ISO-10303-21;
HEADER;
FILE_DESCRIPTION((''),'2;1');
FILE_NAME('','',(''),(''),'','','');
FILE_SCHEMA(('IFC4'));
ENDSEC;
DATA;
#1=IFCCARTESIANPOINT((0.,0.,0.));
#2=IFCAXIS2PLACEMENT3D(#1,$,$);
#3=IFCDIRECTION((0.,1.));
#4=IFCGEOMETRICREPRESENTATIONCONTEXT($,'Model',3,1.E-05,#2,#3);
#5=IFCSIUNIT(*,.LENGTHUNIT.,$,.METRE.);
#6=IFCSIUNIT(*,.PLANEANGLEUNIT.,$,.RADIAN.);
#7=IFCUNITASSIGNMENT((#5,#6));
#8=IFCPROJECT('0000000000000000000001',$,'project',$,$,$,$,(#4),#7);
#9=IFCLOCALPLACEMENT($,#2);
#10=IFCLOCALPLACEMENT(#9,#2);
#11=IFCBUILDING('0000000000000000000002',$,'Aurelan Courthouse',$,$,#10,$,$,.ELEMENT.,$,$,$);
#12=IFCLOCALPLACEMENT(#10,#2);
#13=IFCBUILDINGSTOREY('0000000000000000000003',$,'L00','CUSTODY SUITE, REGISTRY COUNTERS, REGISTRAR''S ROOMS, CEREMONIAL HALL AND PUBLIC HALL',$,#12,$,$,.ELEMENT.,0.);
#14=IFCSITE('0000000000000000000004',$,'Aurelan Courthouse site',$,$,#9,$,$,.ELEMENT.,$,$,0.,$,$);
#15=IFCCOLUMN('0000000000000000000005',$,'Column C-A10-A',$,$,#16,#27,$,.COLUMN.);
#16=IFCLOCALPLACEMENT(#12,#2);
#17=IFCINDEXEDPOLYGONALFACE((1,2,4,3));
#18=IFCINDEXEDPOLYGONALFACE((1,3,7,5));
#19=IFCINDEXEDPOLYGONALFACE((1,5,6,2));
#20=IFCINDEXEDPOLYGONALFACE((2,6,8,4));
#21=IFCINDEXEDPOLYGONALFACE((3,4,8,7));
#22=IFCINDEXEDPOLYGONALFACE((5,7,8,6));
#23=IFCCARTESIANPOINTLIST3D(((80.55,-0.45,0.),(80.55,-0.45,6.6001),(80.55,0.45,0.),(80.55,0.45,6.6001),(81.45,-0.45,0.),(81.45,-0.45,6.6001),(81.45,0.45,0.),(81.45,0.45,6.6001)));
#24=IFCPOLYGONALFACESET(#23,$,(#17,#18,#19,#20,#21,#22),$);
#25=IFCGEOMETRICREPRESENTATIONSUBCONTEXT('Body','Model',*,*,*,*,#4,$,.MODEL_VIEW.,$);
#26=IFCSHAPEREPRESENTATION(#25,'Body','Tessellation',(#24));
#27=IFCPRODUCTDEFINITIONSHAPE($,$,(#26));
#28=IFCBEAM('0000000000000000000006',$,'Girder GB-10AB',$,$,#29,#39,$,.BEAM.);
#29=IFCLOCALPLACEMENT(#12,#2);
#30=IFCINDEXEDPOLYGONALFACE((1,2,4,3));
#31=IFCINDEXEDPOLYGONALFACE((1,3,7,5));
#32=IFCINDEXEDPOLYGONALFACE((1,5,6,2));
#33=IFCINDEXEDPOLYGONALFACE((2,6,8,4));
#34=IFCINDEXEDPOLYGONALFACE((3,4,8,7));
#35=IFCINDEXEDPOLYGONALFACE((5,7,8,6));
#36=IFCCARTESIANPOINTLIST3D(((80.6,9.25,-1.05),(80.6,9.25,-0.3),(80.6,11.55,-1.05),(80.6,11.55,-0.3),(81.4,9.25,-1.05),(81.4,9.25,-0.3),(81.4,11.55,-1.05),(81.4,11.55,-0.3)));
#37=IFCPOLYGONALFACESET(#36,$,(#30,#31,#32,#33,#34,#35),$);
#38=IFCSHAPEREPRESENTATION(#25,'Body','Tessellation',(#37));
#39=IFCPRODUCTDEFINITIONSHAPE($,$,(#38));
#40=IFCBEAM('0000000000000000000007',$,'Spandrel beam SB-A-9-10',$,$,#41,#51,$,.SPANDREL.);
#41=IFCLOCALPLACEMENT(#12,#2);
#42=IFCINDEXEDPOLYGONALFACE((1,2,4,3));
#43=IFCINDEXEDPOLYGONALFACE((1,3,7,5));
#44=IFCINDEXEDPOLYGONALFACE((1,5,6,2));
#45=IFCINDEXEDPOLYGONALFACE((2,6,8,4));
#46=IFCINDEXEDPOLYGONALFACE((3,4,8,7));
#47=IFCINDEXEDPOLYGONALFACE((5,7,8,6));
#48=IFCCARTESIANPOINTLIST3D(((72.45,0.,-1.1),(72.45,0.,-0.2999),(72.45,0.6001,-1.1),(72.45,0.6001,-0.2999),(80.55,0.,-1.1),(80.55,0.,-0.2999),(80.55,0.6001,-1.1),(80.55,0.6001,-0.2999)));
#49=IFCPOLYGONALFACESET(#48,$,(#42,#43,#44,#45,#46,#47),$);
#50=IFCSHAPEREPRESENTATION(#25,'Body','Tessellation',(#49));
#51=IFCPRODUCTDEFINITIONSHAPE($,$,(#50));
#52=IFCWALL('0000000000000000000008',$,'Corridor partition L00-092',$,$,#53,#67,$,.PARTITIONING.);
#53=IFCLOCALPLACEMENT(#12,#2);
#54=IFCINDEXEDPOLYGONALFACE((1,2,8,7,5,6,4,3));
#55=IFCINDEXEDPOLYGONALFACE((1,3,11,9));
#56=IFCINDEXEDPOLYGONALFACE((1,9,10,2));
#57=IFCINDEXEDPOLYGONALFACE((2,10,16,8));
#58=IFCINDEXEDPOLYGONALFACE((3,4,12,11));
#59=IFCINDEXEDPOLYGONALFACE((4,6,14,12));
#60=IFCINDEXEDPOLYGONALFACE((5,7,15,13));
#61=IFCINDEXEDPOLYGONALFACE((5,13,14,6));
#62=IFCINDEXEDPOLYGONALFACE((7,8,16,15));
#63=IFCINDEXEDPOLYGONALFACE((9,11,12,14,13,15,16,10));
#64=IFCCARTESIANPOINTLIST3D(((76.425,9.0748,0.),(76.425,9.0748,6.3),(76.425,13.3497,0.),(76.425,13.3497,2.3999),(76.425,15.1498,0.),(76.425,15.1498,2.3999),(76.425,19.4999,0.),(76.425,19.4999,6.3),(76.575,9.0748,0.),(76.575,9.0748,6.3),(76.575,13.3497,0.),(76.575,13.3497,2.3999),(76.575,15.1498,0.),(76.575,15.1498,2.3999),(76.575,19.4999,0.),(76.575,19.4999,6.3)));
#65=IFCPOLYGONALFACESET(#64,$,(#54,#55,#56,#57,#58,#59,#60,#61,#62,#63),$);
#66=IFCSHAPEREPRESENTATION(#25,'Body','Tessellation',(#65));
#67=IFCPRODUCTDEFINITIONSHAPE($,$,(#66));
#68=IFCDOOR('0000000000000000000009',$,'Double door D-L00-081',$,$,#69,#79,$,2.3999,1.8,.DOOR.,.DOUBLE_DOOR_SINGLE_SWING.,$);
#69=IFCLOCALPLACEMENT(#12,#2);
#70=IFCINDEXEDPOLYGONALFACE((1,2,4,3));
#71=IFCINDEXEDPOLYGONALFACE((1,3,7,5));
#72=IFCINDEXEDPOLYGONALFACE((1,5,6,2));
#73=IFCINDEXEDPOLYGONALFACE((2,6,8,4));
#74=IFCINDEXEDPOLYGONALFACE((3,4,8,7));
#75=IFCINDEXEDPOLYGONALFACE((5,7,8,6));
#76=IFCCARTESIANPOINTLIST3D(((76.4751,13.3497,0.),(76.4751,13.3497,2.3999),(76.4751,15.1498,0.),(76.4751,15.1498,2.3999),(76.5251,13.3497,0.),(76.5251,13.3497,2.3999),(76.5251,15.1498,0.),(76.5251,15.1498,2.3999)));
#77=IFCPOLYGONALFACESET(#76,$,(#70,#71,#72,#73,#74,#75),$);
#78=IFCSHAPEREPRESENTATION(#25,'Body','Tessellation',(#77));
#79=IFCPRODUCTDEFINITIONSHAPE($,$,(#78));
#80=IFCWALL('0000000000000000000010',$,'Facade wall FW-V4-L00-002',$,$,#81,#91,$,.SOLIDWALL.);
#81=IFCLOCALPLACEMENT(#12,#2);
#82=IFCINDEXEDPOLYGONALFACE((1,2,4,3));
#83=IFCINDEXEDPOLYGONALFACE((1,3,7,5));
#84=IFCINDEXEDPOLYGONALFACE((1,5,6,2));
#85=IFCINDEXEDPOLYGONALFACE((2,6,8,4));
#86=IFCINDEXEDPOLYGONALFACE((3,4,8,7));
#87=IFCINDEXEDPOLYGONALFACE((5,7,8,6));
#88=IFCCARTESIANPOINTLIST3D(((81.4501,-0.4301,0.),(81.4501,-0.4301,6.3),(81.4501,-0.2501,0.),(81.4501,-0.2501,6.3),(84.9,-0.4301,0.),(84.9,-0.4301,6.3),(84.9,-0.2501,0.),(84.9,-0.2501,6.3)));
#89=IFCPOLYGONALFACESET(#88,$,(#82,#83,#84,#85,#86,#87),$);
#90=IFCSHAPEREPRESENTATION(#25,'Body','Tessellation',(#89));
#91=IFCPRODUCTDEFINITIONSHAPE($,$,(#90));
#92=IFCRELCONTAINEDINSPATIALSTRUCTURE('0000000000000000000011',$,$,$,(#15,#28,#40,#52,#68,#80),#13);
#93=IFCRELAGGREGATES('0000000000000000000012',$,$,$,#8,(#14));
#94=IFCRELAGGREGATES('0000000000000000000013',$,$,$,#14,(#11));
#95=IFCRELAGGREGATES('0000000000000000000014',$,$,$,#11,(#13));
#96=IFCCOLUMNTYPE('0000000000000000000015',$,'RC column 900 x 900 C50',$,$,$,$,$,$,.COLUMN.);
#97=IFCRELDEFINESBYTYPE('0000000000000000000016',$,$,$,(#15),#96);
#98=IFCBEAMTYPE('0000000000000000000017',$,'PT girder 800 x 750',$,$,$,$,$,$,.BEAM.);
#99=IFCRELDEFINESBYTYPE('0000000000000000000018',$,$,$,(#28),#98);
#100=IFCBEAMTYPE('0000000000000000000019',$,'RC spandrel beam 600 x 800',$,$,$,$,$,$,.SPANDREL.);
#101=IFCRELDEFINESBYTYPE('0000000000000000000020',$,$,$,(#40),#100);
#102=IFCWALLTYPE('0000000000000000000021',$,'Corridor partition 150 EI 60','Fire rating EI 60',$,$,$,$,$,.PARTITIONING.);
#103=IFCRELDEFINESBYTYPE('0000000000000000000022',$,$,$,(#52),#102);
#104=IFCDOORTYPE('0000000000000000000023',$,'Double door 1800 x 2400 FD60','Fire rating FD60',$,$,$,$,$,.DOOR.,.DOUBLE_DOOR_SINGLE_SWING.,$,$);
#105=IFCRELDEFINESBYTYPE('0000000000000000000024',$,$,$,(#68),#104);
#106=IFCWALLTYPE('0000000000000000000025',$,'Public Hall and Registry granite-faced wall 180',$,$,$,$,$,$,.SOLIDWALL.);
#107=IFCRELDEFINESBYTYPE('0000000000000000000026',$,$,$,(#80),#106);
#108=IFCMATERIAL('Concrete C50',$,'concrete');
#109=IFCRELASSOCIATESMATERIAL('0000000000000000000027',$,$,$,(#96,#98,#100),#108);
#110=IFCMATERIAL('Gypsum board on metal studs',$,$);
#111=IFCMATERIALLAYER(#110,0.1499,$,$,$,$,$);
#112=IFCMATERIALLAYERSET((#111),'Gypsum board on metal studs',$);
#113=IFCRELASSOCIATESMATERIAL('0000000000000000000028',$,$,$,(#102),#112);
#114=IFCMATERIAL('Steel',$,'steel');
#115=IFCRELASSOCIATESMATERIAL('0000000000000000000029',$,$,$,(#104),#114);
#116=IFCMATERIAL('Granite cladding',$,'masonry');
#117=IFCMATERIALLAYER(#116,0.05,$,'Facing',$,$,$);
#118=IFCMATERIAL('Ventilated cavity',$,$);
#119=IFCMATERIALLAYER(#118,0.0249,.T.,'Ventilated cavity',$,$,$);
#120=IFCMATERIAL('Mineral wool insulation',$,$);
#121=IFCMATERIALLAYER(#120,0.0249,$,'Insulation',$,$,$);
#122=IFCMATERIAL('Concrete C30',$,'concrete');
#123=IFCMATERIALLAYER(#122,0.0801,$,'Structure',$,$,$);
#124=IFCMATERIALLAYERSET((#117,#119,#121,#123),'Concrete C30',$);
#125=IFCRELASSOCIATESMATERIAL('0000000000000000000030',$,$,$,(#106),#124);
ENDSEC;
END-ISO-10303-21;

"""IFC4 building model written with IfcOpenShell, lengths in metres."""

from ifc_helpers import new_model, si_unit, direction, frame, frame_2d, origin, origin_2d, place, context, subcontext, project, spatial, rectangle, extrude, material, layer, layer_set, material_profile, profile_set, type_object, element, fill, save


model = new_model("IFC4")

# Units and contexts
model_context = context("Model", 3, precision=1e-05, world=origin(), true_north=direction((0.0, 1.0)))
body_context = subcontext(model_context, "Body", "Model", "MODEL_VIEW")
ifc_project = project(units=[si_unit("LENGTHUNIT", "METRE"), si_unit("PLANEANGLEUNIT", "RADIAN")], contexts=[model_context])

# Site, building, storey
site_placement = place(None, origin())
site = spatial("IfcSite", under=ifc_project, at=site_placement, Name="Aurelan Courthouse site", CompositionType="ELEMENT", RefElevation=0.0)
building_placement = place(site_placement, origin())
building = spatial("IfcBuilding", under=site, at=building_placement, Name="Aurelan Courthouse", CompositionType="ELEMENT")
storey_placement = place(building_placement, origin())
storey = spatial("IfcBuildingStorey", under=building, at=storey_placement, Name="L00", Description="CUSTODY SUITE, REGISTRY COUNTERS, REGISTRAR'S ROOMS, CEREMONIAL HALL AND PUBLIC HALL", CompositionType="ELEMENT", Elevation=0.0)

# Column
ifc_material_1 = material(Name="Concrete C50", Category="concrete")
ifc_material_profile_1 = material_profile(ifc_material_1, rectangle(XDim=0.8999, YDim=0.8999, at=origin_2d()), Name="RC 900 x 900")
ifc_profile_set_1 = profile_set([ifc_material_profile_1], Name="Concrete C50")
column_type = type_object("IfcColumnType", Name="RC column 900 x 900 C50", PredefinedType="COLUMN", material=ifc_profile_set_1)
column_placement = place(storey_placement, frame((81.0, 0.0, 0.0), z_axis=(0.0, 0.0, 1.0), x_axis=(1.0, 0.0, 0.0)))
element("IfcColumn", 1, at=column_placement, inside=storey, type_object=column_type, Name="Column C-A10-A", PredefinedType="COLUMN", context=body_context, shape_type="SweptSolid", body=[
    extrude(rectangle(XDim=0.8999, YDim=0.8999, at=origin_2d()), origin(), (0.0, 0.0, 1.0), 6.6001),
])

# Beams
ifc_material_profile_2 = material_profile(ifc_material_1, rectangle(XDim=0.8, YDim=0.75, at=origin_2d()), Name="RC 800 x 750")
ifc_profile_set_2 = profile_set([ifc_material_profile_2], Name="Concrete C50")
beam_type_1 = type_object("IfcBeamType", Name="PT girder 800 x 750", PredefinedType="BEAM", material=ifc_profile_set_2)
beam_1_placement = place(storey_placement, frame((81.0, 9.25, -0.675), z_axis=(0.0, 1.0, 0.0), x_axis=(-1.0, 0.0, 0.0)))
element("IfcBeam", 2, at=beam_1_placement, inside=storey, type_object=beam_type_1, Name="Girder GB-10AB", PredefinedType="BEAM", context=body_context, shape_type="SweptSolid", body=[
    extrude(rectangle(XDim=0.8, YDim=0.75, at=origin_2d()), origin(), (0.0, 0.0, 1.0), 2.3),
])
ifc_material_profile_3 = material_profile(ifc_material_1, rectangle(XDim=0.6001, YDim=0.8, at=origin_2d()), Name="RC 600 x 800")
ifc_profile_set_3 = profile_set([ifc_material_profile_3], Name="Concrete C50")
beam_type_2 = type_object("IfcBeamType", Name="RC spandrel beam 600 x 800", PredefinedType="SPANDREL", material=ifc_profile_set_3)
beam_2_placement = place(storey_placement, frame((72.45, 0.3, -0.7), z_axis=(1.0, 0.0, 0.0), x_axis=(0.0, 1.0, 0.0)))
element("IfcBeam", 3, at=beam_2_placement, inside=storey, type_object=beam_type_2, Name="Spandrel beam SB-A-9-10", PredefinedType="SPANDREL", context=body_context, shape_type="SweptSolid", body=[
    extrude(rectangle(XDim=0.6001, YDim=0.8, at=origin_2d()), origin(), (0.0, 0.0, 1.0), 8.1001),
])

# Wall, opening, door
ifc_material_2 = material(Name="Gypsum board on metal studs")
ifc_layer_1 = layer(ifc_material_2, 0.1499)
ifc_layer_set_1 = layer_set([ifc_layer_1], Name="Gypsum board on metal studs")
wall_type_1 = type_object("IfcWallType", Name="Corridor partition 150 EI 60", Description="Fire rating EI 60", PredefinedType="PARTITIONING", material=ifc_layer_set_1)
ifc_material_3 = material(Name="Steel", Category="steel")
door_type_1 = type_object("IfcDoorType", Name="Double door 1800 x 2400 FD60", Description="Fire rating FD60", OperationType="DOUBLE_DOOR_SINGLE_SWING", PredefinedType="DOOR", material=ifc_material_3)
wall_1_placement = place(storey_placement, frame((76.5, 9.075, 0.0), z_axis=(0.0, 0.0, 1.0), x_axis=(0.0, 1.0, 0.0)))
wall_1 = element("IfcWall", 4, at=wall_1_placement, inside=storey, type_object=wall_type_1, Name="Corridor partition L00-092", PredefinedType="PARTITIONING", context=body_context, shape_type="SweptSolid", body=[
    extrude(rectangle(XDim=10.425, YDim=0.1499, at=frame_2d((5.2124, 0.0))), origin(), (0.0, 0.0, 1.0), 6.3),
])
opening_1_placement = place(wall_1_placement, frame((4.2749, 0.0, 0.0)))
opening_1 = element("IfcOpeningElement", 5, at=opening_1_placement, cuts=wall_1, PredefinedType="OPENING", context=body_context, shape_type="SweptSolid", body=[
    extrude(rectangle(XDim=1.8, YDim=2.3999, at=frame_2d((0.8999, 1.2))), frame((0.0, 0.085, 0.0), z_axis=(0.0, -1.0, 0.0), x_axis=(1.0, 0.0, 0.0)), (0.0, 0.0, 1.0), 0.1699),
])
door_1_placement = place(opening_1_placement, origin())
door_1 = element("IfcDoor", 6, at=door_1_placement, inside=storey, type_object=door_type_1, Name="Double door D-L00-081", OperationType="DOUBLE_DOOR_SINGLE_SWING", OverallHeight=2.3999, OverallWidth=1.8, PredefinedType="DOOR", context=body_context, shape_type="SweptSolid", body=[
    extrude(rectangle(XDim=1.8, YDim=2.3999, at=frame_2d((0.8999, 1.2))), frame((0.0, 0.0249, 0.0), z_axis=(0.0, -1.0, 0.0), x_axis=(1.0, 0.0, 0.0)), (0.0, 0.0, 1.0), 0.05),
])
fill(opening_1, door_1)

# Wall
ifc_material_4 = material(Name="Granite cladding", Category="masonry")
ifc_layer_2 = layer(ifc_material_4, 0.05, Name="Facing")
ifc_material_5 = material(Name="Ventilated cavity")
ifc_layer_3 = layer(ifc_material_5, 0.0249, ventilated=True, Name="Ventilated cavity")
ifc_material_6 = material(Name="Mineral wool insulation")
ifc_layer_4 = layer(ifc_material_6, 0.0249, Name="Insulation")
ifc_material_7 = material(Name="Concrete C30", Category="concrete")
ifc_layer_5 = layer(ifc_material_7, 0.0801, Name="Structure")
ifc_layer_set_2 = layer_set([ifc_layer_2, ifc_layer_3, ifc_layer_4, ifc_layer_5], Name="Concrete C30")
wall_type_2 = type_object("IfcWallType", Name="Public Hall and Registry granite-faced wall 180", PredefinedType="SOLIDWALL", material=ifc_layer_set_2)
wall_2_placement = place(storey_placement, frame((81.45, -0.3401, 0.0), z_axis=(0.0, 0.0, 1.0), x_axis=(1.0, 0.0, 0.0)))
element("IfcWall", 7, at=wall_2_placement, inside=storey, type_object=wall_type_2, Name="Facade wall FW-V4-L00-002", PredefinedType="SOLIDWALL", context=body_context, shape_type="SweptSolid", body=[
    extrude(rectangle(XDim=3.45, YDim=0.1799, at=frame_2d((1.7251, 0.0))), origin(), (0.0, 0.0, 1.0), 6.3),
])

save(model, "model.ifc")
